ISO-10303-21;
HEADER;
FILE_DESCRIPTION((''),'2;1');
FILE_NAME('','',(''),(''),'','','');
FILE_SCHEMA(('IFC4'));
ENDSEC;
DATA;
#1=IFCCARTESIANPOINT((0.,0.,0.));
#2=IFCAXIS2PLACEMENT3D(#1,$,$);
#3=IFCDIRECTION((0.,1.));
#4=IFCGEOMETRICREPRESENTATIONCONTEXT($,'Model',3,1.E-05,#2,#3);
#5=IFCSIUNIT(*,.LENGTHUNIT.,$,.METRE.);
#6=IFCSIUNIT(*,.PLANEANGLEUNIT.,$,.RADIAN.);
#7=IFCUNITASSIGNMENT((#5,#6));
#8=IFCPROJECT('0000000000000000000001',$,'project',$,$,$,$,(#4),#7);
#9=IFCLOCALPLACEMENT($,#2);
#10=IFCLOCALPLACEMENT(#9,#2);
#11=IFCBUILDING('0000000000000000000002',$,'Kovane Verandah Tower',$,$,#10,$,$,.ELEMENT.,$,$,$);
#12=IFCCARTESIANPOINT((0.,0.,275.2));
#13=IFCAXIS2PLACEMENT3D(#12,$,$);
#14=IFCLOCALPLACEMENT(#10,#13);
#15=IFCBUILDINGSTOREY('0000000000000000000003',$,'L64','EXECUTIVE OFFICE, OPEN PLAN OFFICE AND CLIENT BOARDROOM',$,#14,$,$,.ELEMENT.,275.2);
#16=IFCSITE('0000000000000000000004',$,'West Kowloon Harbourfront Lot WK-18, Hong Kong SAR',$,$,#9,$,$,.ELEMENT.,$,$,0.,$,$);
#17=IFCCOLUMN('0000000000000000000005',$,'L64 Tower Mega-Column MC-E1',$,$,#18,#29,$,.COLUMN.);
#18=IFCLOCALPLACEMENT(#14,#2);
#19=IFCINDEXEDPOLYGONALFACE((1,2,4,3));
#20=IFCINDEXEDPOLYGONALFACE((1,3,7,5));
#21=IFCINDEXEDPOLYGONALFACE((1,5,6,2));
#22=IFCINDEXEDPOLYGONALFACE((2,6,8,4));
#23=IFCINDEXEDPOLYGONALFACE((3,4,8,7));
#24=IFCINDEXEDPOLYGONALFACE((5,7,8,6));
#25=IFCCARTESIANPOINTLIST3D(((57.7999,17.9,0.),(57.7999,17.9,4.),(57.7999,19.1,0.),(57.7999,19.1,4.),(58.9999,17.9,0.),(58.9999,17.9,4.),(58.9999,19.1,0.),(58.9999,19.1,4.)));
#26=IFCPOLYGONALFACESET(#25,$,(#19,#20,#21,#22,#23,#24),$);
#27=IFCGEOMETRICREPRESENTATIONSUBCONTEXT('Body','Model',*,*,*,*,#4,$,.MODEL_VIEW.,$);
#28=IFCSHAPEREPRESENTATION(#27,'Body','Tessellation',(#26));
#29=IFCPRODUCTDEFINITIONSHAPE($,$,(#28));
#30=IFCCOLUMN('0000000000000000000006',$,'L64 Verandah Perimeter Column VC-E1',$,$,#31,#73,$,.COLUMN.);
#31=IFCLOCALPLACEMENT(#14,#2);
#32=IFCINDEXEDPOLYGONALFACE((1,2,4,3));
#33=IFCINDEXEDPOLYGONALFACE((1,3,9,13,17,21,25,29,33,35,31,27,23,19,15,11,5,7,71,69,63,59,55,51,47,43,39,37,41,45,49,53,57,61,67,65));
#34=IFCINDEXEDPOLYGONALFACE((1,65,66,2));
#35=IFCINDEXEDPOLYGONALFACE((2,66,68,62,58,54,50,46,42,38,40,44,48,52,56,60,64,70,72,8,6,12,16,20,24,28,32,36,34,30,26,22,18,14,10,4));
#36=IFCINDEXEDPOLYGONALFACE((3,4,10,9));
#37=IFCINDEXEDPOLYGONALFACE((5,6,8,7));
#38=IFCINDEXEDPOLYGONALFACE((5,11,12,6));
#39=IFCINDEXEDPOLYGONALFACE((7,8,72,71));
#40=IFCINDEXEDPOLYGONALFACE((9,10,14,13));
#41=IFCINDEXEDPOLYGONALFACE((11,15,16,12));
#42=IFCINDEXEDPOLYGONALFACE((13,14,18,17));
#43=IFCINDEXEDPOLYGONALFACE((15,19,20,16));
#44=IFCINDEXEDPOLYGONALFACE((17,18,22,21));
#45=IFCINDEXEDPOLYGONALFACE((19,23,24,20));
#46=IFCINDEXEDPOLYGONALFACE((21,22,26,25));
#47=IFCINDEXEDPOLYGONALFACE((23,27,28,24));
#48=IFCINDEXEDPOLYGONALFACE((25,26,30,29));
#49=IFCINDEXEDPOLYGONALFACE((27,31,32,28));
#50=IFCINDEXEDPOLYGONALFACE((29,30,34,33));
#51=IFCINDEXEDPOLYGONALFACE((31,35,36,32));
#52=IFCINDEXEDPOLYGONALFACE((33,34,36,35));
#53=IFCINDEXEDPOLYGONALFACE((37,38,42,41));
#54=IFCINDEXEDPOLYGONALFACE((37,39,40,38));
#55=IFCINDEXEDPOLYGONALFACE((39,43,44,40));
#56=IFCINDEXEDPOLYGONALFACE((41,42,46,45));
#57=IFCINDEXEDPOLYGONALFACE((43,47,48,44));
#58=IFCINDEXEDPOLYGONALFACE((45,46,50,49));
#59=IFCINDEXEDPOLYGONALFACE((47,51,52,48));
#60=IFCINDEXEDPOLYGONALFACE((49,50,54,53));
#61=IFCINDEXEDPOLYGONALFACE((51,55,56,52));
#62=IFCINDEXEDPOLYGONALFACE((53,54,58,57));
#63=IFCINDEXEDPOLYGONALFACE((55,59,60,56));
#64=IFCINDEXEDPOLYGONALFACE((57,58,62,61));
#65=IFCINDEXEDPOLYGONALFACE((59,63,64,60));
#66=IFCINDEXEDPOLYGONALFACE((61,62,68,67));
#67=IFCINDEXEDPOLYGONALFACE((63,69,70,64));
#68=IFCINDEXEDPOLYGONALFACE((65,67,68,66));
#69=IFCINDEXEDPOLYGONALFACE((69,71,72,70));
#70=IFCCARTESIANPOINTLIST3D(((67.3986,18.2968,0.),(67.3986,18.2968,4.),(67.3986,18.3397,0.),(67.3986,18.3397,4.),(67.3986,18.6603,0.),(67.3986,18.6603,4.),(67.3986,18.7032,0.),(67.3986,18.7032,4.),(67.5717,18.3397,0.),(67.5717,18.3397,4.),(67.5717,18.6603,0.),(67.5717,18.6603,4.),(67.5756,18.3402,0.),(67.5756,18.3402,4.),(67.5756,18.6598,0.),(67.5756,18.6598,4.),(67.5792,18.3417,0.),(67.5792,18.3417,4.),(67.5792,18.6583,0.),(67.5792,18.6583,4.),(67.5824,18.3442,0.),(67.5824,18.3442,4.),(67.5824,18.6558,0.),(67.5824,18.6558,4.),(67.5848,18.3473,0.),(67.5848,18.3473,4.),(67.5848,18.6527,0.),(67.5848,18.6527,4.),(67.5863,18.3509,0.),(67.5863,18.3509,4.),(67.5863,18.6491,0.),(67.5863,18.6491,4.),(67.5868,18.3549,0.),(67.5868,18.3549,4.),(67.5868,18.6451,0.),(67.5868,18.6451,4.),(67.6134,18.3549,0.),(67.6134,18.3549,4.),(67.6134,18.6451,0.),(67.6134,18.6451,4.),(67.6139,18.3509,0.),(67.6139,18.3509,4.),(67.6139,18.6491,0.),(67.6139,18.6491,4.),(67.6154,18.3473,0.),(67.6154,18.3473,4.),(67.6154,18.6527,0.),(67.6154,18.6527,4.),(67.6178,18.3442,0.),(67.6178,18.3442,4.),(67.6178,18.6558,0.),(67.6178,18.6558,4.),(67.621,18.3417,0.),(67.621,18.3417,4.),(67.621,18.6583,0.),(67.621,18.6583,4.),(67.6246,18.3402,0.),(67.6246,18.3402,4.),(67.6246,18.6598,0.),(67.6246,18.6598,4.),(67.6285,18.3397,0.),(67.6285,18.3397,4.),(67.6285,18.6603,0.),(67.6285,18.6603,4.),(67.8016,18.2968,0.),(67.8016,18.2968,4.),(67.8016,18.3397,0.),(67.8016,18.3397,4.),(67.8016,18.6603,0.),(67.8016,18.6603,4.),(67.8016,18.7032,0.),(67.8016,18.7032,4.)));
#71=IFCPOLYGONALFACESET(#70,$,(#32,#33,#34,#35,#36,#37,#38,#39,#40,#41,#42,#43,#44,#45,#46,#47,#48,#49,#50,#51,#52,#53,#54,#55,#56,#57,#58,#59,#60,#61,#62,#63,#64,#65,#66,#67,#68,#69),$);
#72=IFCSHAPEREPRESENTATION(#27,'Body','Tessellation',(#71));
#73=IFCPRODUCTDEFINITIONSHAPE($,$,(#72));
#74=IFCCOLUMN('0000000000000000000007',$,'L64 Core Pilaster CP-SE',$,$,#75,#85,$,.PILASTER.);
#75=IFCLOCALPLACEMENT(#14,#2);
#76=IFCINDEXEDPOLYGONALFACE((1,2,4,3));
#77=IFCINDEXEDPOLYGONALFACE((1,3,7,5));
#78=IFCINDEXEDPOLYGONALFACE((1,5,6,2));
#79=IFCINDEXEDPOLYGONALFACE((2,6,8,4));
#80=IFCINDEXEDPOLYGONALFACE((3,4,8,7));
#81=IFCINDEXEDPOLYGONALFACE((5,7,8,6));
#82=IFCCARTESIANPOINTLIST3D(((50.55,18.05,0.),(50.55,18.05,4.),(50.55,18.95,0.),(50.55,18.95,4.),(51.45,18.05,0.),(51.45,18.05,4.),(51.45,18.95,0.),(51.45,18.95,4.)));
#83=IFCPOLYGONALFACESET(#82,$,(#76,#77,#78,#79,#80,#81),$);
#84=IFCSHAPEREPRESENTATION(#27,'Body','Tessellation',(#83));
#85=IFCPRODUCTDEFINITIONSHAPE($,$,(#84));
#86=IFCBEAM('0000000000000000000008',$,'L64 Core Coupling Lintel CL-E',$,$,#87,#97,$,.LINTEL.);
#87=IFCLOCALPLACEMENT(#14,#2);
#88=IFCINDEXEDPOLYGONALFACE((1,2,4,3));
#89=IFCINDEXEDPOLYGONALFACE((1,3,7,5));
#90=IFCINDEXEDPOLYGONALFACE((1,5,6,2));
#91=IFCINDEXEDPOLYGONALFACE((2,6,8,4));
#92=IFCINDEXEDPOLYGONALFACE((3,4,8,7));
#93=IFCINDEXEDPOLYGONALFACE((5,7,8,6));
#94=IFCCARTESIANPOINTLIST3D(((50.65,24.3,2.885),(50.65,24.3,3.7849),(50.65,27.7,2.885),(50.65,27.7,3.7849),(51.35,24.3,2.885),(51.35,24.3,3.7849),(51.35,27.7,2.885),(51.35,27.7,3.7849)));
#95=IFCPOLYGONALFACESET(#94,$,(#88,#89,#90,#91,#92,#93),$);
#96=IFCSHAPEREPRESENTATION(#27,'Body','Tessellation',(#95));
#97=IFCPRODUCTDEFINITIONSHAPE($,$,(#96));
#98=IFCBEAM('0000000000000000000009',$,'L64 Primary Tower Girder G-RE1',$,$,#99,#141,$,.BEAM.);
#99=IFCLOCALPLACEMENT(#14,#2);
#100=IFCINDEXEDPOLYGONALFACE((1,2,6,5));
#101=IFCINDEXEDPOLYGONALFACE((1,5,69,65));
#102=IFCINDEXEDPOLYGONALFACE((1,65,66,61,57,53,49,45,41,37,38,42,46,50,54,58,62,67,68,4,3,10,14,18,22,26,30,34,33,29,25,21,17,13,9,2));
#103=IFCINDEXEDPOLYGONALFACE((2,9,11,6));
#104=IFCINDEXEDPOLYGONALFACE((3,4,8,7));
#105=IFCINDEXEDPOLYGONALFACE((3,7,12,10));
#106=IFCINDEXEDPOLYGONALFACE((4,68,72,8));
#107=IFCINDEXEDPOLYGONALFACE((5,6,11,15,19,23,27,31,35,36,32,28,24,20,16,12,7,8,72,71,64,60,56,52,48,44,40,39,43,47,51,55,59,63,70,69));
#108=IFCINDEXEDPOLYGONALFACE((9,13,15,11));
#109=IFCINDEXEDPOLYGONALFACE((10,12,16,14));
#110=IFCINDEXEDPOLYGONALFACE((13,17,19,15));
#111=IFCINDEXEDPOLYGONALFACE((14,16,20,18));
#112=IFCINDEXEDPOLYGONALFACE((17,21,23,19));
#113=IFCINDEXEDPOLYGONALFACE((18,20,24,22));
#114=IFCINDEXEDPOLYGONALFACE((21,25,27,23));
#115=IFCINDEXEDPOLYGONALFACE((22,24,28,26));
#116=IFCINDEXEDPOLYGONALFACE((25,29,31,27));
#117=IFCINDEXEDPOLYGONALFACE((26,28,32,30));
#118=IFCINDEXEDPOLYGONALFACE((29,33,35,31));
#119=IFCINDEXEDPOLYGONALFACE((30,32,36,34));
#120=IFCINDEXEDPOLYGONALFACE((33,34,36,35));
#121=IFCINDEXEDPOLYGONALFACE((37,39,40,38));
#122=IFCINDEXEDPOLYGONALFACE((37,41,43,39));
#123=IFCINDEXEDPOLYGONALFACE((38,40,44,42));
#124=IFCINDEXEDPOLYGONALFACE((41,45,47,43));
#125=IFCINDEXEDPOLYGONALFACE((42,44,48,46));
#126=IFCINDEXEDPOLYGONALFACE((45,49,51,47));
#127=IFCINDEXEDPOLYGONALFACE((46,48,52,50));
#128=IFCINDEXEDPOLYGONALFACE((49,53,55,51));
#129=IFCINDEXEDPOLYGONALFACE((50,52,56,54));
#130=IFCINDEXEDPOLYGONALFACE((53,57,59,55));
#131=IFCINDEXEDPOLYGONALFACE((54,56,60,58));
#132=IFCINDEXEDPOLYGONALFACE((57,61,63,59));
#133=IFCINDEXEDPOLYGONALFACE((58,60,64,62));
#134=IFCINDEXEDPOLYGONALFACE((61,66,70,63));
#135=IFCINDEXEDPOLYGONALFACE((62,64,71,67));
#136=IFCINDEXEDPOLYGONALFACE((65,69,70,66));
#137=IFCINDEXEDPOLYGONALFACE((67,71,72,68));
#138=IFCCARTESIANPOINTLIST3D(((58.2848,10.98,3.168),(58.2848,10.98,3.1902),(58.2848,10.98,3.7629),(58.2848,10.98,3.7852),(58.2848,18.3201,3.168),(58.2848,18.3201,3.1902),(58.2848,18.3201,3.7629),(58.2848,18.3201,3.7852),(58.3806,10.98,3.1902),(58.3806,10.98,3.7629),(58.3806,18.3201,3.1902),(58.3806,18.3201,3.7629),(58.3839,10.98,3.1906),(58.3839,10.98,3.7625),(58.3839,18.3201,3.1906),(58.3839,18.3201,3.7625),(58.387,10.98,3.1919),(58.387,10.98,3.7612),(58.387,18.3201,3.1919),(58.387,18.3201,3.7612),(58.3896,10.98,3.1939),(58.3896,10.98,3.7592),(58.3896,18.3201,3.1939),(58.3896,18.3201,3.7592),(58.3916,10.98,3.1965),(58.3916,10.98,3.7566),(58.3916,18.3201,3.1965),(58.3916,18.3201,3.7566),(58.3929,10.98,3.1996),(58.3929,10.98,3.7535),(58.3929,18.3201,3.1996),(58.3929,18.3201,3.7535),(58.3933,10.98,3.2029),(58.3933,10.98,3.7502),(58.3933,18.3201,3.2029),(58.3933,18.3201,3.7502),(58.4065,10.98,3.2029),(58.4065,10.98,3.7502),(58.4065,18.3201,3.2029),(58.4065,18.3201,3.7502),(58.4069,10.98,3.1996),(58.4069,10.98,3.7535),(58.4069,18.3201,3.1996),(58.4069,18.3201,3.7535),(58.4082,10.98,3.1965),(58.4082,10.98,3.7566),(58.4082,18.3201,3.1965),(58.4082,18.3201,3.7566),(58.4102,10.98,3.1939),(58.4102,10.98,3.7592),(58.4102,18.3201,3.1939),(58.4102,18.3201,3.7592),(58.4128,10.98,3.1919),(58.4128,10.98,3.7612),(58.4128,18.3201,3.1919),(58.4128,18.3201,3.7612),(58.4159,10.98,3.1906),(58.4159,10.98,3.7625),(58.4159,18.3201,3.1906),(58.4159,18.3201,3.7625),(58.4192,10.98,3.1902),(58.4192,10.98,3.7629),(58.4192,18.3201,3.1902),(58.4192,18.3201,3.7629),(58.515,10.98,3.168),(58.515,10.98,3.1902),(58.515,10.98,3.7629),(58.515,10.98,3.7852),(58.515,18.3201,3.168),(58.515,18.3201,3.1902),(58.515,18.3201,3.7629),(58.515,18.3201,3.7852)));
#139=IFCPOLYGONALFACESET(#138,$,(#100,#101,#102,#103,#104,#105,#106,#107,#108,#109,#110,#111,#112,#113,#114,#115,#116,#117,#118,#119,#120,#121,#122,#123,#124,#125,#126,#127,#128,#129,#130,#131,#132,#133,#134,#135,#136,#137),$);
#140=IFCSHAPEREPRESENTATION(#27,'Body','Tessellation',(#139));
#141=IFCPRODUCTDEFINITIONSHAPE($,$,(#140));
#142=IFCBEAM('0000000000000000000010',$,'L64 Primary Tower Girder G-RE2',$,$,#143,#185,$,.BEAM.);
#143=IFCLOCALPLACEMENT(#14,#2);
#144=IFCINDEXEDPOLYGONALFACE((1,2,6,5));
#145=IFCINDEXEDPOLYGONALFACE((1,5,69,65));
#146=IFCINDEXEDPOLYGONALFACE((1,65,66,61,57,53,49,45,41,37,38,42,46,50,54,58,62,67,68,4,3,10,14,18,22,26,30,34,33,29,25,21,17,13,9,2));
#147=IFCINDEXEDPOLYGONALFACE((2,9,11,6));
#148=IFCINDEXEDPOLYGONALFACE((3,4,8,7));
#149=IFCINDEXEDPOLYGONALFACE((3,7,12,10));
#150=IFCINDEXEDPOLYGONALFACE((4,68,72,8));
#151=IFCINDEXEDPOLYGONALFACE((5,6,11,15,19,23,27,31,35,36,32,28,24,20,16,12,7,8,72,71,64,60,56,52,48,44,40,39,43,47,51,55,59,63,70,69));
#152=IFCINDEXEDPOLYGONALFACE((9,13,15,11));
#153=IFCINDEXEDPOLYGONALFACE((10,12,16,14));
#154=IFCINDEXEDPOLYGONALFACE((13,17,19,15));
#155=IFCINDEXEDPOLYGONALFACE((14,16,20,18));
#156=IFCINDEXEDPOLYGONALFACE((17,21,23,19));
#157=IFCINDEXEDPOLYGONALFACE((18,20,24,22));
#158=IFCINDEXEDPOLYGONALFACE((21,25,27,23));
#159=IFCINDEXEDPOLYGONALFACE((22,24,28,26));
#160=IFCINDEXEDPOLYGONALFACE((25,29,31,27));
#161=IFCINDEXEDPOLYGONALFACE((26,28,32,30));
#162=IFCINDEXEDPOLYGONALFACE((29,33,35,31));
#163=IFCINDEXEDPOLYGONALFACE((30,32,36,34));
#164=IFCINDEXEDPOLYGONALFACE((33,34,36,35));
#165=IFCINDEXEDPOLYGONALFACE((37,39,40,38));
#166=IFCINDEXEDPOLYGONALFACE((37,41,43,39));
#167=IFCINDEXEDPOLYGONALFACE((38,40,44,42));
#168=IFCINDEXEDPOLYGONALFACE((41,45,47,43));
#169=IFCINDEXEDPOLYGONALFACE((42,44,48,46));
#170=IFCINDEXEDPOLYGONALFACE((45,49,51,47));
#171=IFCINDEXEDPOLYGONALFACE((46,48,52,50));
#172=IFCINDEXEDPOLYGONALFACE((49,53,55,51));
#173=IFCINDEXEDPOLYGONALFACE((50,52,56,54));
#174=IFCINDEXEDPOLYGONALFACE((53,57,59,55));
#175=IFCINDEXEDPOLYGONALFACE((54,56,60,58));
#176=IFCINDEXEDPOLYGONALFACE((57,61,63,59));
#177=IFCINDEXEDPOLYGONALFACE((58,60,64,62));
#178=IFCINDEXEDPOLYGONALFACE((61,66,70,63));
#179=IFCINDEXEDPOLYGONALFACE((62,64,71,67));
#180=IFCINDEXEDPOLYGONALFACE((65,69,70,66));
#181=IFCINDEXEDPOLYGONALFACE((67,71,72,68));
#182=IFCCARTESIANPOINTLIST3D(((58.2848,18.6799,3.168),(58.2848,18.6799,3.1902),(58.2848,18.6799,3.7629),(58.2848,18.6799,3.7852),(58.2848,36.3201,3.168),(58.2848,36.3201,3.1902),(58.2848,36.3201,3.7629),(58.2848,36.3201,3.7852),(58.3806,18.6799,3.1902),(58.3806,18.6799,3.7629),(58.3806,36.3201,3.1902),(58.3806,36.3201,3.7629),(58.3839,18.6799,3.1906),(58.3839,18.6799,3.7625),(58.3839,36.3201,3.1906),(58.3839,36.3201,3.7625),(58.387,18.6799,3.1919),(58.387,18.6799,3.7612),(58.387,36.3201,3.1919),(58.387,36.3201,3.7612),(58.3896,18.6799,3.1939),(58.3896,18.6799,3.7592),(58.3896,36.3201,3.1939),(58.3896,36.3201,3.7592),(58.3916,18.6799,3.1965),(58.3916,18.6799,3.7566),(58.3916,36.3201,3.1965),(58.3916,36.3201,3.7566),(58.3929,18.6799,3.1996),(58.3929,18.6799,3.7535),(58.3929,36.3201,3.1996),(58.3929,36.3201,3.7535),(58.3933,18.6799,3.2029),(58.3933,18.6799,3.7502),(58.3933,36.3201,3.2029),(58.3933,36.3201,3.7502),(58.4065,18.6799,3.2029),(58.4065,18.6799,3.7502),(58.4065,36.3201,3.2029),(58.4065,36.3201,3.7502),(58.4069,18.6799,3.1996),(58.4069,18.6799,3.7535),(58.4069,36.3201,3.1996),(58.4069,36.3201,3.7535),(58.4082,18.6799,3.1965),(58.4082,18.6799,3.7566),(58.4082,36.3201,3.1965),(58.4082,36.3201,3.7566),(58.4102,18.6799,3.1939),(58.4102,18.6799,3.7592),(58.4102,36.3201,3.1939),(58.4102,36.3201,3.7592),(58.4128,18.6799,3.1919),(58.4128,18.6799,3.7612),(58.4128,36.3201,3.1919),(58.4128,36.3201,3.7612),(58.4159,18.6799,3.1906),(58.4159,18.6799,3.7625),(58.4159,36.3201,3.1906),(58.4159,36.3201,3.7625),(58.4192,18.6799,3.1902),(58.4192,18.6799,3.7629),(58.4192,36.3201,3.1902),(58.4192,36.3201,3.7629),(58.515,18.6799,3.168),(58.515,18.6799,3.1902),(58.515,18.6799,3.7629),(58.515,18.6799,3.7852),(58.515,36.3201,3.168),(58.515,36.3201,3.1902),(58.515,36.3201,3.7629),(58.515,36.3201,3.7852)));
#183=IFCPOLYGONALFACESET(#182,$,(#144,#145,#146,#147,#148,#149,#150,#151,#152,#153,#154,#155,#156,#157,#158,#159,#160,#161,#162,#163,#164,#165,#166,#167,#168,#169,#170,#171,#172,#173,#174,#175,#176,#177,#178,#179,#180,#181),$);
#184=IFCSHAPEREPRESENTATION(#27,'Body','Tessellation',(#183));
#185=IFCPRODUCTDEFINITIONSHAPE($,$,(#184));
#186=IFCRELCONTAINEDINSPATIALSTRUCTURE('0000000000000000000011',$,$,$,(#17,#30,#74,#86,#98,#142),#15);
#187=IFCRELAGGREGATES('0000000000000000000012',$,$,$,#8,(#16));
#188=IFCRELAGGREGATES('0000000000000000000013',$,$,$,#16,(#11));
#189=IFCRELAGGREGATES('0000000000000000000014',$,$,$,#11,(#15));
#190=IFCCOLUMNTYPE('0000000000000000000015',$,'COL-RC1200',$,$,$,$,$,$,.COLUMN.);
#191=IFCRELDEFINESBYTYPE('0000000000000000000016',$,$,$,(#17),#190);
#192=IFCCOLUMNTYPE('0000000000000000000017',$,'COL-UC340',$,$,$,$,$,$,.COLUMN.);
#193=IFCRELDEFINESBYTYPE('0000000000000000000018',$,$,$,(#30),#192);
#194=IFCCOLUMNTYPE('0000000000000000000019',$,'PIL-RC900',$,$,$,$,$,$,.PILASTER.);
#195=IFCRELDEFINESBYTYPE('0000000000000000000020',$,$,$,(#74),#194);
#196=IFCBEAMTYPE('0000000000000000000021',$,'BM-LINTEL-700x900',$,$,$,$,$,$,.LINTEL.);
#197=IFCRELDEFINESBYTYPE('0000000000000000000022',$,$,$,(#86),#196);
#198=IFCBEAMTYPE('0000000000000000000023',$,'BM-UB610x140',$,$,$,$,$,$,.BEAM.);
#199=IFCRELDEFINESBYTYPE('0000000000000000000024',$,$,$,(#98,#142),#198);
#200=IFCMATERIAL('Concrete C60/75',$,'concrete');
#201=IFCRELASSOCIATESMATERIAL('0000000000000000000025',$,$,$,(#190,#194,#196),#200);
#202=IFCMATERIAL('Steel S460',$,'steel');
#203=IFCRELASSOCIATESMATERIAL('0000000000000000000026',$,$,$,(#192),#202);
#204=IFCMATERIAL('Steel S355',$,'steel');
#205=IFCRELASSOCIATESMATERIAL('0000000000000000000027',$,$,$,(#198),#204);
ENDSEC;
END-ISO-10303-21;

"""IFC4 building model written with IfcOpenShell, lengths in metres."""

from ifc_helpers import new_model, si_unit, direction, frame, origin, origin_2d, place, context, subcontext, project, spatial, rectangle, i_section, extrude, material, material_profile, profile_set, type_object, element, save


model = new_model("IFC4")

# Units and contexts
model_context = context("Model", 3, precision=1e-05, world=origin(), true_north=direction((0.0, 1.0)))
body_context = subcontext(model_context, "Body", "Model", "MODEL_VIEW")
ifc_project = project(units=[si_unit("LENGTHUNIT", "METRE"), si_unit("PLANEANGLEUNIT", "RADIAN")], contexts=[model_context])

# Site, building, storey
site_placement = place(None, origin())
site = spatial("IfcSite", under=ifc_project, at=site_placement, Name="West Kowloon Harbourfront Lot WK-18, Hong Kong SAR", CompositionType="ELEMENT", RefElevation=0.0)
building_placement = place(site_placement, origin())
building = spatial("IfcBuilding", under=site, at=building_placement, Name="Kovane Verandah Tower", CompositionType="ELEMENT")
storey_placement = place(building_placement, frame((0.0, 0.0, 275.2)))
storey = spatial("IfcBuildingStorey", under=building, at=storey_placement, Name="L64", Description="EXECUTIVE OFFICE, OPEN PLAN OFFICE AND CLIENT BOARDROOM", CompositionType="ELEMENT", Elevation=275.2)

# Columns
ifc_material_1 = material(Name="Concrete C60/75", Category="concrete")
ifc_material_profile_1 = material_profile(ifc_material_1, rectangle(XDim=1.2, YDim=1.2, at=origin_2d()), Name="RC1200x1200")
ifc_profile_set_1 = profile_set([ifc_material_profile_1], Name="Concrete C60/75")
column_type_1 = type_object("IfcColumnType", Name="COL-RC1200", PredefinedType="COLUMN", material=ifc_profile_set_1)
column_1_placement = place(storey_placement, frame((58.3999, 18.5, 0.0), z_axis=(0.0, 0.0, 1.0), x_axis=(1.0, 0.0, 0.0)))
element("IfcColumn", 1, at=column_1_placement, inside=storey, type_object=column_type_1, Name="L64 Tower Mega-Column MC-E1", PredefinedType="COLUMN", context=body_context, shape_type="SweptSolid", body=[
    extrude(rectangle(XDim=1.2, YDim=1.2, at=origin_2d()), origin(), (0.0, 0.0, 1.0), 4.0),
])
ifc_material_2 = material(Name="Steel S460", Category="steel")
ifc_material_profile_2 = material_profile(ifc_material_2, i_section(OverallWidth=0.4031, OverallDepth=0.4065, WebThickness=0.0266, FlangeThickness=0.043, FilletRadius=0.0151, at=origin_2d()), Name="UC356x406x340")
ifc_profile_set_2 = profile_set([ifc_material_profile_2], Name="Steel S460")
column_type_2 = type_object("IfcColumnType", Name="COL-UC340", PredefinedType="COLUMN", material=ifc_profile_set_2)
column_2_placement = place(storey_placement, frame((67.6001, 18.5, 0.0), z_axis=(0.0, 0.0, 1.0), x_axis=(1.0, 0.0, 0.0)))
element("IfcColumn", 2, at=column_2_placement, inside=storey, type_object=column_type_2, Name="L64 Verandah Perimeter Column VC-E1", PredefinedType="COLUMN", context=body_context, shape_type="SweptSolid", body=[
    extrude(i_section(OverallWidth=0.4031, OverallDepth=0.4065, WebThickness=0.0266, FlangeThickness=0.043, FilletRadius=0.0151, at=origin_2d()), origin(), (0.0, 0.0, 1.0), 4.0),
])
ifc_material_profile_3 = material_profile(ifc_material_1, rectangle(XDim=0.8999, YDim=0.8999, at=origin_2d()), Name="RC900x900")
ifc_profile_set_3 = profile_set([ifc_material_profile_3], Name="Concrete C60/75")
column_type_3 = type_object("IfcColumnType", Name="PIL-RC900", PredefinedType="PILASTER", material=ifc_profile_set_3)
column_3_placement = place(storey_placement, frame((51.0, 18.5, 0.0), z_axis=(0.0, 0.0, 1.0), x_axis=(1.0, 0.0, 0.0)))
element("IfcColumn", 3, at=column_3_placement, inside=storey, type_object=column_type_3, Name="L64 Core Pilaster CP-SE", PredefinedType="PILASTER", context=body_context, shape_type="SweptSolid", body=[
    extrude(rectangle(XDim=0.8999, YDim=0.8999, at=origin_2d()), origin(), (0.0, 0.0, 1.0), 4.0),
])

# Beams
ifc_material_profile_4 = material_profile(ifc_material_1, rectangle(XDim=0.7, YDim=0.8999, at=origin_2d()), Name="RCB700x900")
ifc_profile_set_4 = profile_set([ifc_material_profile_4], Name="Concrete C60/75")
beam_type_1 = type_object("IfcBeamType", Name="BM-LINTEL-700x900", PredefinedType="LINTEL", material=ifc_profile_set_4)
beam_1_placement = place(storey_placement, frame((51.0, 24.3, 3.335), z_axis=(0.0, 1.0, 0.0), x_axis=(-1.0, 0.0, 0.0)))
element("IfcBeam", 4, at=beam_1_placement, inside=storey, type_object=beam_type_1, Name="L64 Core Coupling Lintel CL-E", PredefinedType="LINTEL", context=body_context, shape_type="SweptSolid", body=[
    extrude(rectangle(XDim=0.7, YDim=0.8999, at=origin_2d()), origin(), (0.0, 0.0, 1.0), 3.3999),
])
ifc_material_3 = material(Name="Steel S355", Category="steel")
ifc_material_profile_5 = material_profile(ifc_material_3, i_section(OverallWidth=0.2302, OverallDepth=0.6172, WebThickness=0.0132, FlangeThickness=0.0222, FilletRadius=0.0127, at=origin_2d()), Name="UB610x229x140")
ifc_profile_set_5 = profile_set([ifc_material_profile_5], Name="Steel S355")
beam_type_2 = type_object("IfcBeamType", Name="BM-UB610x140", PredefinedType="BEAM", material=ifc_profile_set_5)
beam_2_placement = place(storey_placement, frame((58.3999, 10.98, 3.4766), z_axis=(0.0, 1.0, 0.0), x_axis=(-1.0, 0.0, 0.0)))
element("IfcBeam", 5, at=beam_2_placement, inside=storey, type_object=beam_type_2, Name="L64 Primary Tower Girder G-RE1", PredefinedType="BEAM", context=body_context, shape_type="SweptSolid", body=[
    extrude(i_section(OverallWidth=0.2302, OverallDepth=0.6172, WebThickness=0.0132, FlangeThickness=0.0222, FilletRadius=0.0127, at=origin_2d()), origin(), (0.0, 0.0, 1.0), 7.3401),
])
beam_3_placement = place(storey_placement, frame((58.3999, 18.6799, 3.4766), z_axis=(0.0, 1.0, 0.0), x_axis=(-1.0, 0.0, 0.0)))
element("IfcBeam", 6, at=beam_3_placement, inside=storey, type_object=beam_type_2, Name="L64 Primary Tower Girder G-RE2", PredefinedType="BEAM", context=body_context, shape_type="SweptSolid", body=[
    extrude(i_section(OverallWidth=0.2302, OverallDepth=0.6172, WebThickness=0.0132, FlangeThickness=0.0222, FilletRadius=0.0127, at=origin_2d()), origin(), (0.0, 0.0, 1.0), 17.6401),
])

save(model, "model.ifc")
